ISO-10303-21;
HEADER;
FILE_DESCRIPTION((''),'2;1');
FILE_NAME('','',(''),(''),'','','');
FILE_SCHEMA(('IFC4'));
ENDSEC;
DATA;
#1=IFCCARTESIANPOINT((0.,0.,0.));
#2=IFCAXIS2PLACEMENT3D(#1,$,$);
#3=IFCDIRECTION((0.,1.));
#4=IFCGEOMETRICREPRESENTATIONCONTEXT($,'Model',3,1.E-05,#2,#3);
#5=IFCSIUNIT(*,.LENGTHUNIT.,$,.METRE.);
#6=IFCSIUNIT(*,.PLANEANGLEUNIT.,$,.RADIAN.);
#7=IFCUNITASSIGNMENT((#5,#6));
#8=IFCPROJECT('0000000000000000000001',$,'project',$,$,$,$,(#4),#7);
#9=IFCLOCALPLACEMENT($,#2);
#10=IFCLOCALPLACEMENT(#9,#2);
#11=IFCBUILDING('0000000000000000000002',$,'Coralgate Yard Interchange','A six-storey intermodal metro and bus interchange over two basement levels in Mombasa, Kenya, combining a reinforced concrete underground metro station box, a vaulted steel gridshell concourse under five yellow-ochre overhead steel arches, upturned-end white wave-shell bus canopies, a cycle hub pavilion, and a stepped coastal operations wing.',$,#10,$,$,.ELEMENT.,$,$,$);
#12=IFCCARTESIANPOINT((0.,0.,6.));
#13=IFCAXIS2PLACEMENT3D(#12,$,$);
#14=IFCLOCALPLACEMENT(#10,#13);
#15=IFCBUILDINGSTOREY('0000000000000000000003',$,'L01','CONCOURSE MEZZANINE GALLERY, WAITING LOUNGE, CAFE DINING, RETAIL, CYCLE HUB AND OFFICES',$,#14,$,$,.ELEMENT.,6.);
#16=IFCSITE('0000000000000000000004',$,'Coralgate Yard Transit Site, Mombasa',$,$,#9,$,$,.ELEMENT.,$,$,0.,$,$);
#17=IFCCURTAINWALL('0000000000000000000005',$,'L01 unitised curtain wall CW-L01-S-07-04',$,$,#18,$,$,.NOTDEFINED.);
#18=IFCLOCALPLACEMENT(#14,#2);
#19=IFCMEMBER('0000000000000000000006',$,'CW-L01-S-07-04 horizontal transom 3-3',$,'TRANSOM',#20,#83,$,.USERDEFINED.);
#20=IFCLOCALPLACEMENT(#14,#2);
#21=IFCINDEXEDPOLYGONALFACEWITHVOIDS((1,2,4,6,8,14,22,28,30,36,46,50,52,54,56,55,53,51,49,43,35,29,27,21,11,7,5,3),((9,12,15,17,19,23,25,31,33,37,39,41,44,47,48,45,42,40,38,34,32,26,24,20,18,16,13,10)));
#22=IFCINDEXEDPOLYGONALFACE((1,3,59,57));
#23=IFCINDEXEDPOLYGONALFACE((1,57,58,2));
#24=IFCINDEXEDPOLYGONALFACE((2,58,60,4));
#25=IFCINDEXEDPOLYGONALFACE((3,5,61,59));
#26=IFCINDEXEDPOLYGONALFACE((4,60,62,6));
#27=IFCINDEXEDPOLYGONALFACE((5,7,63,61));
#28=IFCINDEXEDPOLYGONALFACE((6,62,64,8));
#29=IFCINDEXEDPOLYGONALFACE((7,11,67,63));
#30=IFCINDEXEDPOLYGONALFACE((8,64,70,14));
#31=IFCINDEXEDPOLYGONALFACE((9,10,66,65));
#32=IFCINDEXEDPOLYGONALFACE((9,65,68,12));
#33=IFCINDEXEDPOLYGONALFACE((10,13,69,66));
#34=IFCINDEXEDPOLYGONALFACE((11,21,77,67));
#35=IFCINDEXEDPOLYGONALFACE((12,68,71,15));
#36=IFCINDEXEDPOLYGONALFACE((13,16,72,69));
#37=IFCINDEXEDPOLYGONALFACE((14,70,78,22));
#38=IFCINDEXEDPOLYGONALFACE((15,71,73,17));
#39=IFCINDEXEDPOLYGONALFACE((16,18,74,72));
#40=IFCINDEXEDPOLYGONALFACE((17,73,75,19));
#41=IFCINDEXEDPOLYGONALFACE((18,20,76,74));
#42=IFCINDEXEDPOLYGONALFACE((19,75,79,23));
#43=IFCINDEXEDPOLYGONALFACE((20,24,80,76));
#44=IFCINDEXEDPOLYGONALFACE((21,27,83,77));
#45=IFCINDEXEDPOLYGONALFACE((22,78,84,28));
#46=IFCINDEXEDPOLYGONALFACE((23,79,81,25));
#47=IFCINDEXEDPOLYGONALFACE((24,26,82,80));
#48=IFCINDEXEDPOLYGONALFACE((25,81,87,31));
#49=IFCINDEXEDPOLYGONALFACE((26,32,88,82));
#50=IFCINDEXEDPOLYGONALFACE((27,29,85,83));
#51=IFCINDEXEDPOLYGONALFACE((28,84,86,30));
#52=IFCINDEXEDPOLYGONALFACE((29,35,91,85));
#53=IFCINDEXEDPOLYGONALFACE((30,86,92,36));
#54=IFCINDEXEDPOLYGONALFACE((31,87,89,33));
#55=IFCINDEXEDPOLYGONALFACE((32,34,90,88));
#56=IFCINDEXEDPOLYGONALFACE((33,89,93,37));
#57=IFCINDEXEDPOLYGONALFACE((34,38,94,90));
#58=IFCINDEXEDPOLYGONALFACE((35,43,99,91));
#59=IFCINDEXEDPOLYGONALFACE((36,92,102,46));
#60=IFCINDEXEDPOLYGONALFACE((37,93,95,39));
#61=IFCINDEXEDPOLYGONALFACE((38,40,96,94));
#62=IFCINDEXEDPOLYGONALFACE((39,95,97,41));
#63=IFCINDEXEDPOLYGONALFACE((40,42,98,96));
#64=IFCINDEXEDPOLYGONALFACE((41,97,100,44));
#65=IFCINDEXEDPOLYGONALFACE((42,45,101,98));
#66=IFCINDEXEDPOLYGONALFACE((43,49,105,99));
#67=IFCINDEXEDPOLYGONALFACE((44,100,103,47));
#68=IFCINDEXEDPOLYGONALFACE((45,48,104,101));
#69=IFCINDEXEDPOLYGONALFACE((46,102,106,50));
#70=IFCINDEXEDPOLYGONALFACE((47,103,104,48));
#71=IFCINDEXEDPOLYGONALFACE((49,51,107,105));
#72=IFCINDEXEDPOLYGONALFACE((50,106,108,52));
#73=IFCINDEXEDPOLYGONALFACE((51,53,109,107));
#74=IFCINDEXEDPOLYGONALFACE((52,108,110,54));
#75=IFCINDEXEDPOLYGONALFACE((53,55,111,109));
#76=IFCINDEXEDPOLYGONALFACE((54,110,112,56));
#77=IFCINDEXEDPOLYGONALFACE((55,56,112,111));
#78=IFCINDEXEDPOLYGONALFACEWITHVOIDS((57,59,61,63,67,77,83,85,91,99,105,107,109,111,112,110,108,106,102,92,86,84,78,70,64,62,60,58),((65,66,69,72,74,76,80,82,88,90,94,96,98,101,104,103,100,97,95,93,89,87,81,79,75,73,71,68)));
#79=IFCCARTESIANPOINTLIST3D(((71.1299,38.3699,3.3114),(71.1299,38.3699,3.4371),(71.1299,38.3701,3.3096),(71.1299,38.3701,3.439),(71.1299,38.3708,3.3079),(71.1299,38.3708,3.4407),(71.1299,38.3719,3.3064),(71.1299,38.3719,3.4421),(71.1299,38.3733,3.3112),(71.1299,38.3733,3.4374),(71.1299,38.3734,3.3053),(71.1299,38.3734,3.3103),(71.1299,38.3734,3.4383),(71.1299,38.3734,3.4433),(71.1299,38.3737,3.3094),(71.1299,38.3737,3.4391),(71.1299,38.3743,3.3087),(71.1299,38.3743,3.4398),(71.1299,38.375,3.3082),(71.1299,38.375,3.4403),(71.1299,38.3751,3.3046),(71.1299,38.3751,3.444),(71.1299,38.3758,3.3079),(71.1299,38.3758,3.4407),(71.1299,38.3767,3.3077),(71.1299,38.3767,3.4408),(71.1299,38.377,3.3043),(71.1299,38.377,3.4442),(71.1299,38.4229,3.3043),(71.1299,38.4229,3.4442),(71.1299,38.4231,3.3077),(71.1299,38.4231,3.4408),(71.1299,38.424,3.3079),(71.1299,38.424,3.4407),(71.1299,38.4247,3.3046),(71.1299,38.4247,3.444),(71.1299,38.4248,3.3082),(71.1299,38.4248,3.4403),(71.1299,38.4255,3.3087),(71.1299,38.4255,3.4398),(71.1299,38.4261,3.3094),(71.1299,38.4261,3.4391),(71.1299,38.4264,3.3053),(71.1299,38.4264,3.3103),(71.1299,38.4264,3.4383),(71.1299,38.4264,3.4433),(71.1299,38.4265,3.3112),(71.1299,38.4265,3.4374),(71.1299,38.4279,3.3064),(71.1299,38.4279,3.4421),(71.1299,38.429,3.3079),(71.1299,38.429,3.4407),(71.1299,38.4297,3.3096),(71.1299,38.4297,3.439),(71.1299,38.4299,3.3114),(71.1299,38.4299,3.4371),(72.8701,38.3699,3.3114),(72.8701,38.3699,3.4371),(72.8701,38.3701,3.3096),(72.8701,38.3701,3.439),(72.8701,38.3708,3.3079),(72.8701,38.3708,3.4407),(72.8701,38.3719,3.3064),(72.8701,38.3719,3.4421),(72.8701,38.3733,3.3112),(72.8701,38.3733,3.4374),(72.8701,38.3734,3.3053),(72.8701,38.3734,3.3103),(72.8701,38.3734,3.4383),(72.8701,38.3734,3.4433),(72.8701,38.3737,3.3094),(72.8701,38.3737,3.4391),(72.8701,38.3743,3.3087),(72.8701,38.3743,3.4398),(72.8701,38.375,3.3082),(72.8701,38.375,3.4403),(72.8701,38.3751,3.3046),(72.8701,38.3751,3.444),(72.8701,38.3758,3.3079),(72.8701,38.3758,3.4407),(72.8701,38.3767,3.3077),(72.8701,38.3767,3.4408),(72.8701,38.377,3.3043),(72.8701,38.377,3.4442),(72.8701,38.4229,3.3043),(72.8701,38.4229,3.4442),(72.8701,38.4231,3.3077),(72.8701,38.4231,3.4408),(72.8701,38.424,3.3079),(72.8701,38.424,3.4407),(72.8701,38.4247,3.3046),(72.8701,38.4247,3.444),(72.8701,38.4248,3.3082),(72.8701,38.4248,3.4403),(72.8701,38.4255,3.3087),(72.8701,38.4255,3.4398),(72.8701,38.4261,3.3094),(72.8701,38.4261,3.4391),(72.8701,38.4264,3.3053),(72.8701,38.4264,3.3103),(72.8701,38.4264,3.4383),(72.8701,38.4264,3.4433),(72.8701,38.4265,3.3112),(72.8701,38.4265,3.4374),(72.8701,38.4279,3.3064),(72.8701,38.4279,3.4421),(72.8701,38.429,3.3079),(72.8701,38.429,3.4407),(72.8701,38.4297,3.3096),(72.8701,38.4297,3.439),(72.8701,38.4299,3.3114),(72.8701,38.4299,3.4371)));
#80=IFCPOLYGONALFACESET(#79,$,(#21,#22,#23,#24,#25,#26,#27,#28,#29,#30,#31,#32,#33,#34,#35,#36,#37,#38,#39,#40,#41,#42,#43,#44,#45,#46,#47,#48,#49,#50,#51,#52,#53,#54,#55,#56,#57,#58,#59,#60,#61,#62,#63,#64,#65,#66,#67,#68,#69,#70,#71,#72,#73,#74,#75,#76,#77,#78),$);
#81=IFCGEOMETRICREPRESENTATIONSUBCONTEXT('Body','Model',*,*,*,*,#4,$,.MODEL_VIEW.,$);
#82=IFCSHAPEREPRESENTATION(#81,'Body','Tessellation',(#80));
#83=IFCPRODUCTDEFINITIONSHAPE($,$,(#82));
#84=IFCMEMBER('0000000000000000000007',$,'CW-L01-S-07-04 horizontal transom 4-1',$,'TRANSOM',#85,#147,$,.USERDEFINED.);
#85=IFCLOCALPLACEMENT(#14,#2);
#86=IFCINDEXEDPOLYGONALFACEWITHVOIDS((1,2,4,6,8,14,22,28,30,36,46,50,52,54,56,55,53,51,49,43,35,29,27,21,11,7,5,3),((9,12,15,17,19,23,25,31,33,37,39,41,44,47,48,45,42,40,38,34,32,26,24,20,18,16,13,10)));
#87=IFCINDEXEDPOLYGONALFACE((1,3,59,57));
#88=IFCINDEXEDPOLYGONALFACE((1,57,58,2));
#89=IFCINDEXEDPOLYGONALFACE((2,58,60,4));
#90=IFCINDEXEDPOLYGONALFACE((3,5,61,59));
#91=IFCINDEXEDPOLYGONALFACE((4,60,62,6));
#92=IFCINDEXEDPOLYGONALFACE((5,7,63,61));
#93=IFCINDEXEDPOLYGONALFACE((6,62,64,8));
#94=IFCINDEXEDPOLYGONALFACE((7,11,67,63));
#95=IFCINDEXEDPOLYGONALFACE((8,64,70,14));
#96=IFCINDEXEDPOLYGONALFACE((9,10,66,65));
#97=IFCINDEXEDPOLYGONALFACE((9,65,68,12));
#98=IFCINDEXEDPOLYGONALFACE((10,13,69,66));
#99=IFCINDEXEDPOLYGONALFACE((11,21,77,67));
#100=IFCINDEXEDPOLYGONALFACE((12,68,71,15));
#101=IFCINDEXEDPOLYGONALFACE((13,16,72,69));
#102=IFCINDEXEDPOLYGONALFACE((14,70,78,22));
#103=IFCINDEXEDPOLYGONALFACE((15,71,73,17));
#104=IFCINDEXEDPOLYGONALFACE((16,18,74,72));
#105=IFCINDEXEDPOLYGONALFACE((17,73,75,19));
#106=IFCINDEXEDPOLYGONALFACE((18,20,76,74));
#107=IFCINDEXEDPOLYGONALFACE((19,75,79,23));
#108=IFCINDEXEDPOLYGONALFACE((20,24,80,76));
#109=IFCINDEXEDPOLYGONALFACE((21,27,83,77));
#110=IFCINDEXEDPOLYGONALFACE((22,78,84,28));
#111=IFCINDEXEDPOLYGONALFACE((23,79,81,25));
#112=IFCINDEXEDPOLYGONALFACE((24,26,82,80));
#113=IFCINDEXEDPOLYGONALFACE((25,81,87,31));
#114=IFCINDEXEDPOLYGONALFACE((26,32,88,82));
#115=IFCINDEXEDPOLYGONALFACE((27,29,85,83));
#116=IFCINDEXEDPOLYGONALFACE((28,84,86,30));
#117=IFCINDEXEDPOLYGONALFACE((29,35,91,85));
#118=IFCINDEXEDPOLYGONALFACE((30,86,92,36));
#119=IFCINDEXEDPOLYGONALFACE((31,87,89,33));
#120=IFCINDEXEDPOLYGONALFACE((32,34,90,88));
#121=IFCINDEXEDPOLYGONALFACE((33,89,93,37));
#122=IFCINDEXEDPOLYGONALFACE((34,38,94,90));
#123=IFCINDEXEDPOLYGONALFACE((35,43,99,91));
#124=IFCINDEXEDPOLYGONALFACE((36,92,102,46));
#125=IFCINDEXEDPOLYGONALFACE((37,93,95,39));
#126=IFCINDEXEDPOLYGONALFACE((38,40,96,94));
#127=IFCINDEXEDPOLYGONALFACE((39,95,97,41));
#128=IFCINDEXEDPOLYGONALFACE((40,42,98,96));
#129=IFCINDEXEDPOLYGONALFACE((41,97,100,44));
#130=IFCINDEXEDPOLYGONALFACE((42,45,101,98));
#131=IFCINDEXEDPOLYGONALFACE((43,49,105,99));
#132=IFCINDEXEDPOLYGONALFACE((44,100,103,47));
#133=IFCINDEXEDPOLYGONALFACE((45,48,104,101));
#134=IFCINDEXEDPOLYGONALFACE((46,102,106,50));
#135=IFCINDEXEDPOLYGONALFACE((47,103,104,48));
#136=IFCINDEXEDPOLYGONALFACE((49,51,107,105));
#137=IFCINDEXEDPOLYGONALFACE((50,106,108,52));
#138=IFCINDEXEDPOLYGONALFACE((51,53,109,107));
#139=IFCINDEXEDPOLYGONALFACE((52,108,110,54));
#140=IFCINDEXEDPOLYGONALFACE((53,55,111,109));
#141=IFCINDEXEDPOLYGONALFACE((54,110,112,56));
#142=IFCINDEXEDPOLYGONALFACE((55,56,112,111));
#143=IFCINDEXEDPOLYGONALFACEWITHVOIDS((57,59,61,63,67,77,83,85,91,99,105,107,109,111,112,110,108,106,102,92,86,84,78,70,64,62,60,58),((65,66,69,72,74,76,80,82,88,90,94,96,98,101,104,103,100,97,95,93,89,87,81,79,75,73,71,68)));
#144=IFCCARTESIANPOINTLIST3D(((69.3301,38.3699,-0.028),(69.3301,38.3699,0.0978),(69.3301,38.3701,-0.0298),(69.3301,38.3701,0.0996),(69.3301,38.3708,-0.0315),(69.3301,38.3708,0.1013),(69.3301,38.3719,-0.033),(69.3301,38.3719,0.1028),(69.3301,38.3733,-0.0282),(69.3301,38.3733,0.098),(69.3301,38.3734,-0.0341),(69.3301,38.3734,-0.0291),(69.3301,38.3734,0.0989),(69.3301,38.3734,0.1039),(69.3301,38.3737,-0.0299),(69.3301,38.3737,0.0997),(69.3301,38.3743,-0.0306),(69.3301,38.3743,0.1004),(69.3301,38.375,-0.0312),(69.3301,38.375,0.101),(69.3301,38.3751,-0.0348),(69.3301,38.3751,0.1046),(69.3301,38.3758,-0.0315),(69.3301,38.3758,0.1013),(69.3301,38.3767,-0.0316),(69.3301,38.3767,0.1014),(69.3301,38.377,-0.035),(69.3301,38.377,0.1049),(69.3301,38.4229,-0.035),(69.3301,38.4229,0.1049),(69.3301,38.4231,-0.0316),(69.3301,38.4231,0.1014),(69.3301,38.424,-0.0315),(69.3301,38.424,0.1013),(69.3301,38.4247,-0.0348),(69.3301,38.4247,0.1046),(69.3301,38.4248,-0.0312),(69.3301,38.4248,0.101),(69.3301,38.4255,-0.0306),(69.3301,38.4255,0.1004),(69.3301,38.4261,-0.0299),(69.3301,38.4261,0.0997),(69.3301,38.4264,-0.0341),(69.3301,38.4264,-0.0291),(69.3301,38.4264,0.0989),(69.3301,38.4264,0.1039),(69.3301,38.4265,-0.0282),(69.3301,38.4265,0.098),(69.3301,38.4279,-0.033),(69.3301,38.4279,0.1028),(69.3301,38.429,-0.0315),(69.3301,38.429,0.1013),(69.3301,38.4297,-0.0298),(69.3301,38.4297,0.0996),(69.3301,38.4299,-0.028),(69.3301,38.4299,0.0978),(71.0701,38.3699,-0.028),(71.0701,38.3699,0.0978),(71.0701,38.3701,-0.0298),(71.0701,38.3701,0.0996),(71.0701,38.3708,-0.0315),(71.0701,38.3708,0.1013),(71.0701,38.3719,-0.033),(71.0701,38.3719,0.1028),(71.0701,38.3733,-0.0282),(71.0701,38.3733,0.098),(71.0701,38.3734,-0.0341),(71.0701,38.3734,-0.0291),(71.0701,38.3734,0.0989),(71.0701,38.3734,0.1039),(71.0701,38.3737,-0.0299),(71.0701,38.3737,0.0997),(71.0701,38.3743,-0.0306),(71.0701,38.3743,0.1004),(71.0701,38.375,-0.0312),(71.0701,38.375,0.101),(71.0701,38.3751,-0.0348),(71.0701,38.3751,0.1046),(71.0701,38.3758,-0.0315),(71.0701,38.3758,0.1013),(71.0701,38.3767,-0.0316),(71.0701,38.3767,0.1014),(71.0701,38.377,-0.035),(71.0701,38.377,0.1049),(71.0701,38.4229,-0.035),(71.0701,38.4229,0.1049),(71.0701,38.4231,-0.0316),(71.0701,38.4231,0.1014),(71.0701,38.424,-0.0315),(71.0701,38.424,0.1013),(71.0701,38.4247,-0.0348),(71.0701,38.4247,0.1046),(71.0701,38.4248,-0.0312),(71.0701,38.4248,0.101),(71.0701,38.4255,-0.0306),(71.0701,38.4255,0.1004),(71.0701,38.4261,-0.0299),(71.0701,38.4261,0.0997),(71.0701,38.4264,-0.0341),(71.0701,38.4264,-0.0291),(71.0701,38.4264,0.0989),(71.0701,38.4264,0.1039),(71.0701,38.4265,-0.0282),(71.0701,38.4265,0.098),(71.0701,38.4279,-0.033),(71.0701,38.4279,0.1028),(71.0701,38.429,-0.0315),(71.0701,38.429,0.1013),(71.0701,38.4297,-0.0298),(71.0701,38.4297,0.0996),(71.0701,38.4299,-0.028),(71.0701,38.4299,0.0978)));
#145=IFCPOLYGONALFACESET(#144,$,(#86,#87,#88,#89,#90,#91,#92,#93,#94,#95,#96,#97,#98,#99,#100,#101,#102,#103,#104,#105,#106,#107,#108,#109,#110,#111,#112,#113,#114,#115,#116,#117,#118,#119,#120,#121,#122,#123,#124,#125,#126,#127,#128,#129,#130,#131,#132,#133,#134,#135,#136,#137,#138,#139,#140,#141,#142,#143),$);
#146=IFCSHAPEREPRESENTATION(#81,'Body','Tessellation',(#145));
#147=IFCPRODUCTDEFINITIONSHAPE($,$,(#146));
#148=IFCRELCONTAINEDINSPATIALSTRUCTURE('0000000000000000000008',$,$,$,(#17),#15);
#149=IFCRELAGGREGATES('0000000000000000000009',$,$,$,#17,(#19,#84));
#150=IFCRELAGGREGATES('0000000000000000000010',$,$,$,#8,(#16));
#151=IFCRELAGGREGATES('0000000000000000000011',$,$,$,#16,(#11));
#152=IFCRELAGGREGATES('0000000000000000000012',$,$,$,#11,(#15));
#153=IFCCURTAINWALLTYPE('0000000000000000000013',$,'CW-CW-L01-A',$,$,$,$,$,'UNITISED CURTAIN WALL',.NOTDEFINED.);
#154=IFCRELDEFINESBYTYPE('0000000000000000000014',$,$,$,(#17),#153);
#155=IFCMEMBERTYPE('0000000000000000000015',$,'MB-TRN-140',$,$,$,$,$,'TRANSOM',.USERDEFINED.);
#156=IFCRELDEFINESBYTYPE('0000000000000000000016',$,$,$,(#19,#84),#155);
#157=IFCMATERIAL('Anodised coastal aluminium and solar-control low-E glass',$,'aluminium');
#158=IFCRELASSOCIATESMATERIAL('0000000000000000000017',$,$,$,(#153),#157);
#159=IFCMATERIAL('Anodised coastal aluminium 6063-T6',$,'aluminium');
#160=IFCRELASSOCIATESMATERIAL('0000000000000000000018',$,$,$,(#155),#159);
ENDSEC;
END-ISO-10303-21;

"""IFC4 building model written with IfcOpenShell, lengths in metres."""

from ifc_helpers import new_model, si_unit, direction, frame, origin, origin_2d, place, context, subcontext, project, spatial, hollow_rectangle, extrude, material, material_profile, profile_set, type_object, element, aggregate, save


model = new_model("IFC4")

# Units and contexts
model_context = context("Model", 3, precision=1e-05, world=origin(), true_north=direction((0.0, 1.0)))
body_context = subcontext(model_context, "Body", "Model", "MODEL_VIEW")
ifc_project = project(units=[si_unit("LENGTHUNIT", "METRE"), si_unit("PLANEANGLEUNIT", "RADIAN")], contexts=[model_context])

# Site, building, storey
site_placement = place(None, origin())
site = spatial("IfcSite", under=ifc_project, at=site_placement, Name="Coralgate Yard Transit Site, Mombasa", CompositionType="ELEMENT", RefElevation=0.0)
building_placement = place(site_placement, origin())
building = spatial("IfcBuilding", under=site, at=building_placement, Name="Coralgate Yard Interchange", Description="A six-storey intermodal metro and bus interchange over two basement levels in Mombasa, Kenya, combining a reinforced concrete underground metro station box, a vaulted steel gridshell concourse under five yellow-ochre overhead steel arches, upturned-end white wave-shell bus canopies, a cycle hub pavilion, and a stepped coastal operations wing.", CompositionType="ELEMENT")
storey_placement = place(building_placement, frame((0.0, 0.0, 6.0)))
storey = spatial("IfcBuildingStorey", under=building, at=storey_placement, Name="L01", Description="CONCOURSE MEZZANINE GALLERY, WAITING LOUNGE, CAFE DINING, RETAIL, CYCLE HUB AND OFFICES", CompositionType="ELEMENT", Elevation=6.0)

# Shared definitions
ifc_material_1 = material(Name="Anodised coastal aluminium and solar-control low-E glass", Category="aluminium")
curtain_wall_type = type_object("IfcCurtainWallType", Name="CW-CW-L01-A", ElementType="UNITISED CURTAIN WALL", PredefinedType="NOTDEFINED", material=ifc_material_1)
ifc_material_2 = material(Name="Anodised coastal aluminium 6063-T6", Category="aluminium")

# Curtain wall
curtain_wall_1_placement = place(storey_placement, origin())
curtain_wall_1 = element("IfcCurtainWall", 1, at=curtain_wall_1_placement, inside=storey, type_object=curtain_wall_type, Name="L01 unitised curtain wall CW-L01-S-07-04", PredefinedType="NOTDEFINED")

# Members
ifc_material_profile_1 = material_profile(ifc_material_2, hollow_rectangle(XDim=0.0601, YDim=0.1399, WallThickness=0.0034, InnerFilletRadius=0.0034, OuterFilletRadius=0.0071, at=origin_2d()), Name="ALU 60x140x3.5")
ifc_profile_set_1 = profile_set([ifc_material_profile_1], Name="Anodised coastal aluminium 6063-T6")
member_type_1 = type_object("IfcMemberType", Name="MB-TRN-140", ElementType="TRANSOM", PredefinedType="USERDEFINED", material=ifc_profile_set_1)
member_1_placement = place(storey_placement, frame((72.8701, 38.3999, 3.3743), z_axis=(-1.0, 0.0, 0.0), x_axis=(0.0, -1.0, 0.0)))
member_1 = element("IfcMember", 2, at=member_1_placement, type_object=member_type_1, Name="CW-L01-S-07-04 horizontal transom 3-3", ObjectType="TRANSOM", PredefinedType="USERDEFINED", context=body_context, shape_type="SweptSolid", body=[
    extrude(hollow_rectangle(XDim=0.0601, YDim=0.1399, WallThickness=0.0034, InnerFilletRadius=0.0034, OuterFilletRadius=0.0071, at=origin_2d()), origin(), (0.0, 0.0, 1.0), 1.7402),
])
member_2_placement = place(storey_placement, frame((71.0701, 38.3999, 0.0349), z_axis=(-1.0, 0.0, 0.0), x_axis=(0.0, -1.0, 0.0)))
member_2 = element("IfcMember", 3, at=member_2_placement, type_object=member_type_1, Name="CW-L01-S-07-04 horizontal transom 4-1", ObjectType="TRANSOM", PredefinedType="USERDEFINED", context=body_context, shape_type="SweptSolid", body=[
    extrude(hollow_rectangle(XDim=0.0601, YDim=0.1399, WallThickness=0.0034, InnerFilletRadius=0.0034, OuterFilletRadius=0.0071, at=origin_2d()), origin(), (0.0, 0.0, 1.0), 1.74),
])

aggregate(curtain_wall_1, [member_1, member_2])

save(model, "model.ifc")
